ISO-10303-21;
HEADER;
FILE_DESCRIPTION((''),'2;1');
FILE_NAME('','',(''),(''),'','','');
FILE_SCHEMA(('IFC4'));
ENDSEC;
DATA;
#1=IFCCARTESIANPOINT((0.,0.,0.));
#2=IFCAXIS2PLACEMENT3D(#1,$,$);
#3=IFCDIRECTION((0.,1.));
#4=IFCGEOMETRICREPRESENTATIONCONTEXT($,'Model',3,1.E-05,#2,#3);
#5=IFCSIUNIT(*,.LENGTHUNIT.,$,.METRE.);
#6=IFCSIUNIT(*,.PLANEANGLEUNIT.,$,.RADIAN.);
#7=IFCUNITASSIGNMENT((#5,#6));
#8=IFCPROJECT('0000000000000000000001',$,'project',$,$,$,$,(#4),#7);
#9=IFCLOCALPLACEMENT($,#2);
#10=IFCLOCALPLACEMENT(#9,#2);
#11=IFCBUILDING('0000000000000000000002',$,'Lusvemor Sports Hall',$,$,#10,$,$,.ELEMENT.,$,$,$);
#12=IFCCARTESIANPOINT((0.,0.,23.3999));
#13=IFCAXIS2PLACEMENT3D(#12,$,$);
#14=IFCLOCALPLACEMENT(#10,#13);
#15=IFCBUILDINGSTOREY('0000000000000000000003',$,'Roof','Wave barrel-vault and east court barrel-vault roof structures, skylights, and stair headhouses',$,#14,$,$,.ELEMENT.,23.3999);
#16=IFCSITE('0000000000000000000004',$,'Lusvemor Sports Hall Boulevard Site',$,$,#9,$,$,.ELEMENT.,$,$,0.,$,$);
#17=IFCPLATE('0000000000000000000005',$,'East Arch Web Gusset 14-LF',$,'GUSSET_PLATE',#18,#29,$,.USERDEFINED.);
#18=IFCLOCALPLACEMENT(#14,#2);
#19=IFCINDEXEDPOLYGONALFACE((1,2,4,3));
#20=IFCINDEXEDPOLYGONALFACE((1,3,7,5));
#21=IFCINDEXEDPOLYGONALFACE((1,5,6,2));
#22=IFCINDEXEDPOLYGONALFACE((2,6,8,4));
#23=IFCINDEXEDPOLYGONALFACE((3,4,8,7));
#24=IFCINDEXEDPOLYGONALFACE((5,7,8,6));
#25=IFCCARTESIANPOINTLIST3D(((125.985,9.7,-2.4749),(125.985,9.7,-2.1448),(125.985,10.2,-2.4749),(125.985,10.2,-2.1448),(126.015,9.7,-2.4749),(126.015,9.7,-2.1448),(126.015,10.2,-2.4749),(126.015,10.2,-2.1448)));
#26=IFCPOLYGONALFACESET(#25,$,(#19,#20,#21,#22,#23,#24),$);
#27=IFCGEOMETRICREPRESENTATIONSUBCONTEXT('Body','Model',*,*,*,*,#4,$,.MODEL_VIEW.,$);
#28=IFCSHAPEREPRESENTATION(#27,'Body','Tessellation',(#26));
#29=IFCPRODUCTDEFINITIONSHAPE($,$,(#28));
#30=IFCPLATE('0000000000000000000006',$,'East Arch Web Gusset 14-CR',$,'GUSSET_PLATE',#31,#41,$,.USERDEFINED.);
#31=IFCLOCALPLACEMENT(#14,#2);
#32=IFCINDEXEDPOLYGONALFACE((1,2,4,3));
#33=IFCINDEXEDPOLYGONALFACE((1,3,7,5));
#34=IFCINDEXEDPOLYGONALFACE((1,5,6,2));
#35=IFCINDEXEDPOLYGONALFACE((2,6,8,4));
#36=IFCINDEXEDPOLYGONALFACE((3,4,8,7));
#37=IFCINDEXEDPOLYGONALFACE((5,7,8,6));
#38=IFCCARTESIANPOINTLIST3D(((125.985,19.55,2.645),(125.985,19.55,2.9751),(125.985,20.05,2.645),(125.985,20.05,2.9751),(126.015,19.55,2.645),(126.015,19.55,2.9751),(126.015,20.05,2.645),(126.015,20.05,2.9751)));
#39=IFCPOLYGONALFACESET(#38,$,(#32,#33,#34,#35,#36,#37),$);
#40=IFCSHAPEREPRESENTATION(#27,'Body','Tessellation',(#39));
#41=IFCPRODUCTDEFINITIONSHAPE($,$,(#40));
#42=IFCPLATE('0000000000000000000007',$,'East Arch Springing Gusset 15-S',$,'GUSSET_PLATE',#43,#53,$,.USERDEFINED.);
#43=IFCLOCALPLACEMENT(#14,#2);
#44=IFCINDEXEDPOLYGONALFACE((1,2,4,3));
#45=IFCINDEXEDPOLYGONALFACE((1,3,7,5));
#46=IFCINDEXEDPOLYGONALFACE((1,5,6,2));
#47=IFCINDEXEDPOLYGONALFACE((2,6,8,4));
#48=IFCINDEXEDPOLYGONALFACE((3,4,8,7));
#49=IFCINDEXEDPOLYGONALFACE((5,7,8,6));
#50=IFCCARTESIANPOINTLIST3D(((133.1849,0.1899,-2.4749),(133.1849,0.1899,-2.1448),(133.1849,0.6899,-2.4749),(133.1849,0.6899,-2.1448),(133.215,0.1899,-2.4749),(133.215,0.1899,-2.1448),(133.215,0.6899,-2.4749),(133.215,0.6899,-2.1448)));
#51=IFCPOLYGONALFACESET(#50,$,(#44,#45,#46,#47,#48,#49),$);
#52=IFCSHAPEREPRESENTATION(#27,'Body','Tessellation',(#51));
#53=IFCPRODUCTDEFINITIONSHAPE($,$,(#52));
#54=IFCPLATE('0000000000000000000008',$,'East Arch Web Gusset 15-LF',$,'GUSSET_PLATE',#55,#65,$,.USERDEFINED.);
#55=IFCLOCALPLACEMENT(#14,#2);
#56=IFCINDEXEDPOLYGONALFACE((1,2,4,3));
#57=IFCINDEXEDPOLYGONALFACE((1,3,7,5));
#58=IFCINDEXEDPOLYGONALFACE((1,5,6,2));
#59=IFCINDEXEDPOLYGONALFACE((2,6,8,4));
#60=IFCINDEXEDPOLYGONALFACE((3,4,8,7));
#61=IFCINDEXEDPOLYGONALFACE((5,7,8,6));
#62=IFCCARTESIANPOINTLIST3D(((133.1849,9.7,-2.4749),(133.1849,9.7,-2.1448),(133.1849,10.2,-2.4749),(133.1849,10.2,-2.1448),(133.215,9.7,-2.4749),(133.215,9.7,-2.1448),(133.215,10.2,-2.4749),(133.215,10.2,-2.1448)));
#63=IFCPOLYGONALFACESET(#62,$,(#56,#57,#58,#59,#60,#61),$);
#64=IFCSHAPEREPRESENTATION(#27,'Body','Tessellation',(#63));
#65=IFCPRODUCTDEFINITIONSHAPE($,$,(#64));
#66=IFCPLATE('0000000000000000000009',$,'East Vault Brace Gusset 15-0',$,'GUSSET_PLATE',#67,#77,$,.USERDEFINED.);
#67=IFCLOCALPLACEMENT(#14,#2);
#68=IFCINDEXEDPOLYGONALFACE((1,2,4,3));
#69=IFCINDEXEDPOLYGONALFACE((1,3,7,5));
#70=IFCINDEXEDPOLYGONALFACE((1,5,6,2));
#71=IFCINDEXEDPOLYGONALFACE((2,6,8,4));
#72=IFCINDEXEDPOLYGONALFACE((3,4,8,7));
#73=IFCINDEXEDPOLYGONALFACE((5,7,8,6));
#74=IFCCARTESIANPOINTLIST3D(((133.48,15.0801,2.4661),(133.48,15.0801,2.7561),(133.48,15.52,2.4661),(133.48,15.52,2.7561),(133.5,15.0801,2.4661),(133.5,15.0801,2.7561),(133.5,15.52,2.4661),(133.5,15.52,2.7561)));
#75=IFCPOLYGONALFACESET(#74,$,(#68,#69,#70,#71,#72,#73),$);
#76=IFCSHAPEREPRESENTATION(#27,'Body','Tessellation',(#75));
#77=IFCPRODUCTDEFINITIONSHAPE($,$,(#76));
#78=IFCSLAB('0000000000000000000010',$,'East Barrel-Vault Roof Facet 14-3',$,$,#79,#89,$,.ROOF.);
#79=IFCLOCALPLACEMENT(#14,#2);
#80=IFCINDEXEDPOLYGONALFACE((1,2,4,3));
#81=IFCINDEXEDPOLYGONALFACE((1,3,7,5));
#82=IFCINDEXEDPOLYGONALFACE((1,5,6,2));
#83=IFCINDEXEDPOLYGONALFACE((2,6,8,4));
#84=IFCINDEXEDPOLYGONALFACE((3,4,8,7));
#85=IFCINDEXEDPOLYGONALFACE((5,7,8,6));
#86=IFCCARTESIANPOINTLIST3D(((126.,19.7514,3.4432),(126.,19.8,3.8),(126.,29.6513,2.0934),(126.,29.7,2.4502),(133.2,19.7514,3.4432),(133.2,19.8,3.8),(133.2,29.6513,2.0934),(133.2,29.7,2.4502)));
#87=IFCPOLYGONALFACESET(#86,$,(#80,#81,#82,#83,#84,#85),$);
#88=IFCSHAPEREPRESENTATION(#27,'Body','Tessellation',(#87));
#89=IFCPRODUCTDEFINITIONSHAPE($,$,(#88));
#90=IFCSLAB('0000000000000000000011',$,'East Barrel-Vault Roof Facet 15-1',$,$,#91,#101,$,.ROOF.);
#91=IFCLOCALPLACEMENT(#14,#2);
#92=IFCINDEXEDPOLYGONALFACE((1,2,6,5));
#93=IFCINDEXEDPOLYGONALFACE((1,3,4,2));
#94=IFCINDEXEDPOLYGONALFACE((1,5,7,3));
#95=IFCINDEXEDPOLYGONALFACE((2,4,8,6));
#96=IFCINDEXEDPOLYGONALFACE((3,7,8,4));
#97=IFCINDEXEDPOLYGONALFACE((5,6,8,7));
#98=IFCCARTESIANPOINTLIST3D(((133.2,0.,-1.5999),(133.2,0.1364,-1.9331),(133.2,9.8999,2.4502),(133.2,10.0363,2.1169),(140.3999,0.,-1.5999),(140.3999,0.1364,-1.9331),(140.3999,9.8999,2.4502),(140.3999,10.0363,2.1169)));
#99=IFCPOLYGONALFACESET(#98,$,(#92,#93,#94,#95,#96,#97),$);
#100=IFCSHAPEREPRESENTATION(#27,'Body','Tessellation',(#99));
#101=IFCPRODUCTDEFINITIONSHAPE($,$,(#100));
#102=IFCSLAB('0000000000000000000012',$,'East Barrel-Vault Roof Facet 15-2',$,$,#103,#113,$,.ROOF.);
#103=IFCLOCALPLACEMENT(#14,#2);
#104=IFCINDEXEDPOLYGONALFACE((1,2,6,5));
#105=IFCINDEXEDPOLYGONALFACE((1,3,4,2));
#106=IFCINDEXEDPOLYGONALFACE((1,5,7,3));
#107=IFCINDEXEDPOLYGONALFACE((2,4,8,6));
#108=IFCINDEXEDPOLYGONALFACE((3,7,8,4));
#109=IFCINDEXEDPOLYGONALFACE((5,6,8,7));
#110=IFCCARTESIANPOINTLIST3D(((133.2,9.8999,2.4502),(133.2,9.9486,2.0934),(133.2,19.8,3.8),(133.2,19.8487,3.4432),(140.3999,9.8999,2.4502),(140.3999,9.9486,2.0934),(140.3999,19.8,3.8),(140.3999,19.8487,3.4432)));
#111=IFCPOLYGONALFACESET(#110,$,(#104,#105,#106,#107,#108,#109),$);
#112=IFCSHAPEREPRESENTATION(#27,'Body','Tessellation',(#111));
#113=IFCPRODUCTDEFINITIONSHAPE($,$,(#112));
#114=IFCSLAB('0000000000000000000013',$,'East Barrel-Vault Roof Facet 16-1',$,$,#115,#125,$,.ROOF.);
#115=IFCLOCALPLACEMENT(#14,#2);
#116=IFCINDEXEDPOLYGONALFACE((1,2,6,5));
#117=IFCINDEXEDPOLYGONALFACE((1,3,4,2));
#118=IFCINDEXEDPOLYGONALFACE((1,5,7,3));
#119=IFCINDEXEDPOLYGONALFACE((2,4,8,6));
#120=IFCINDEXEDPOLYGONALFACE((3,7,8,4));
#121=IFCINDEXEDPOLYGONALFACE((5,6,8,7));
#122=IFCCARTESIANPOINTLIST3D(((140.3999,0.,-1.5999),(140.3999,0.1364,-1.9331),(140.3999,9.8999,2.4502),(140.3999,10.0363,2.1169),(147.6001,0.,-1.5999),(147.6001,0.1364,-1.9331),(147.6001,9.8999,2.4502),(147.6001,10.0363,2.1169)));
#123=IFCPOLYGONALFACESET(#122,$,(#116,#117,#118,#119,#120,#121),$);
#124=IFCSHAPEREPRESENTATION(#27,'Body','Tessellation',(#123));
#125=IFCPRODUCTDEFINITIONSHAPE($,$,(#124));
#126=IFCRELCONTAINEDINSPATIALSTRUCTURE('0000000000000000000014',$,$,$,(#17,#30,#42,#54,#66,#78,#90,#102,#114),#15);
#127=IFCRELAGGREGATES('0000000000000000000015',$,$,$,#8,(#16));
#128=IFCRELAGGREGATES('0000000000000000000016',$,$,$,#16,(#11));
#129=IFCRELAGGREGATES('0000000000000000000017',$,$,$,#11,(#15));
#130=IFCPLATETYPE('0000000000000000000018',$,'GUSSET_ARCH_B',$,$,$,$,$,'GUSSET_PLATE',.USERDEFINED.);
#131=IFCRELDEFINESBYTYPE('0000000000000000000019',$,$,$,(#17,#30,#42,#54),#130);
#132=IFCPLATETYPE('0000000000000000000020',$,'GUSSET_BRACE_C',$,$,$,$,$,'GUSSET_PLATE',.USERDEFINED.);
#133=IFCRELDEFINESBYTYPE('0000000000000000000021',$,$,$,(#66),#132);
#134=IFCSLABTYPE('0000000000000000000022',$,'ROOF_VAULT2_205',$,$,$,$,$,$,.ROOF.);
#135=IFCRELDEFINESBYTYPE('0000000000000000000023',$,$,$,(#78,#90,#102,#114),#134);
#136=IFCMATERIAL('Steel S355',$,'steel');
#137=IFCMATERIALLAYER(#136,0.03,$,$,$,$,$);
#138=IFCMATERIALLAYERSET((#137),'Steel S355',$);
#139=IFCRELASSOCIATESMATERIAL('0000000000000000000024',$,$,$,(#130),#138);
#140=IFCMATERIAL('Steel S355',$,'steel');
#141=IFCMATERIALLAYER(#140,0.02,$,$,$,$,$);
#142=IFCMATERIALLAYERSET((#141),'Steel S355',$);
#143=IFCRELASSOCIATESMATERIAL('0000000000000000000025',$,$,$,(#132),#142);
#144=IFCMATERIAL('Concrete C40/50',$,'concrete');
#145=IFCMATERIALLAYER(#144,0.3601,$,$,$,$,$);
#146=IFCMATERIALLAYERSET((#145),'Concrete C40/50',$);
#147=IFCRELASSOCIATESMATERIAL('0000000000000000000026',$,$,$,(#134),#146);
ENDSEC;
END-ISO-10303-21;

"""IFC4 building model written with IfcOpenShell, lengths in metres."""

from ifc_helpers import new_model, si_unit, direction, frame, origin, origin_2d, place, context, subcontext, project, spatial, polyline, rectangle, outline, extrude, material, layer, layer_set, type_object, element, save


model = new_model("IFC4")

# Units and contexts
model_context = context("Model", 3, precision=1e-05, world=origin(), true_north=direction((0.0, 1.0)))
body_context = subcontext(model_context, "Body", "Model", "MODEL_VIEW")
ifc_project = project(units=[si_unit("LENGTHUNIT", "METRE"), si_unit("PLANEANGLEUNIT", "RADIAN")], contexts=[model_context])

# Site, building, storey
site_placement = place(None, origin())
site = spatial("IfcSite", under=ifc_project, at=site_placement, Name="Lusvemor Sports Hall Boulevard Site", CompositionType="ELEMENT", RefElevation=0.0)
building_placement = place(site_placement, origin())
building = spatial("IfcBuilding", under=site, at=building_placement, Name="Lusvemor Sports Hall", CompositionType="ELEMENT")
storey_placement = place(building_placement, frame((0.0, 0.0, 23.3999)))
storey = spatial("IfcBuildingStorey", under=building, at=storey_placement, Name="Roof", Description="Wave barrel-vault and east court barrel-vault roof structures, skylights, and stair headhouses", CompositionType="ELEMENT", Elevation=23.3999)

# Plates
ifc_material_1 = material(Name="Steel S355", Category="steel")
ifc_layer_1 = layer(ifc_material_1, 0.03)
ifc_layer_set_1 = layer_set([ifc_layer_1], Name="Steel S355")
plate_type_1 = type_object("IfcPlateType", Name="GUSSET_ARCH_B", ElementType="GUSSET_PLATE", PredefinedType="USERDEFINED", material=ifc_layer_set_1)
for number, where, z_axis, x_axis, name in (
    (1, (126.0, 9.95, -2.4749), (0.0, 0.0, 1.0), (1.0, 0.0, 0.0), "East Arch Web Gusset 14-LF"),
    (2, (126.0, 19.8, 2.645), (0.0, 0.0, 1.0), (1.0, 0.0, 0.0), "East Arch Web Gusset 14-CR"),
    (3, (133.2, 0.4399, -2.4749), (0.0, 0.0, 1.0), (1.0, 0.0, 0.0), "East Arch Springing Gusset 15-S"),
    (4, (133.2, 9.95, -2.4749), (0.0, 0.0, 1.0), (1.0, 0.0, 0.0), "East Arch Web Gusset 15-LF"),
):
    element("IfcPlate", number, at=place(storey_placement, frame(where, z_axis=z_axis, x_axis=x_axis)), inside=storey, type_object=plate_type_1, Name=name, ObjectType="GUSSET_PLATE", PredefinedType="USERDEFINED", context=body_context, shape_type="SweptSolid", body=[
        extrude(rectangle(XDim=0.03, YDim=0.5, at=origin_2d()), origin(), (0.0, 0.0, 1.0), 0.3301),
    ])
ifc_material_2 = material(Name="Steel S355", Category="steel")
ifc_layer_2 = layer(ifc_material_2, 0.02)
ifc_layer_set_2 = layer_set([ifc_layer_2], Name="Steel S355")
plate_type_2 = type_object("IfcPlateType", Name="GUSSET_BRACE_C", ElementType="GUSSET_PLATE", PredefinedType="USERDEFINED", material=ifc_layer_set_2)
plate_placement = place(storey_placement, frame((133.49, 15.3, 2.4661), z_axis=(0.0, 0.0, 1.0), x_axis=(1.0, 0.0, 0.0)))
element("IfcPlate", 5, at=plate_placement, inside=storey, type_object=plate_type_2, Name="East Vault Brace Gusset 15-0", ObjectType="GUSSET_PLATE", PredefinedType="USERDEFINED", context=body_context, shape_type="SweptSolid", body=[
    extrude(rectangle(XDim=0.02, YDim=0.4399, at=origin_2d()), origin(), (0.0, 0.0, 1.0), 0.29),
])

# Slabs
ifc_material_3 = material(Name="Concrete C40/50", Category="concrete")
ifc_layer_3 = layer(ifc_material_3, 0.3601)
ifc_layer_set_3 = layer_set([ifc_layer_3], Name="Concrete C40/50")
slab_type = type_object("IfcSlabType", Name="ROOF_VAULT2_205", PredefinedType="ROOF", material=ifc_layer_set_3)
slab_1_placement = place(storey_placement, frame((126.0, 19.8, 3.8), z_axis=(0.0, 0.1351, 0.990832), x_axis=(1.0, 0.0, 0.0)))
element("IfcSlab", 6, at=slab_1_placement, inside=storey, type_object=slab_type, Name="East Barrel-Vault Roof Facet 14-3", PredefinedType="ROOF", context=body_context, shape_type="SweptSolid", body=[
    extrude(outline(polyline([(0.0, 0.0), (7.2, 0.0), (7.2, 9.9915), (0.0, 9.9915), (0.0, 0.0)])), origin(), (0.0, 0.0, -1.0), 0.3601),
])
slab_2_placement = place(storey_placement, frame((133.2, 0.0, -1.5999), z_axis=(0.0, -0.37864, 0.925544), x_axis=(1.0, 0.0, 0.0)))
element("IfcSlab", 7, at=slab_2_placement, inside=storey, type_object=slab_type, Name="East Barrel-Vault Roof Facet 15-1", PredefinedType="ROOF", context=body_context, shape_type="SweptSolid", body=[
    extrude(outline(polyline([(0.0, 0.0), (7.2, 0.0), (7.2, 10.6963), (0.0, 10.6963), (0.0, 0.0)])), origin(), (0.0, 0.0, -1.0), 0.3601),
])
slab_3_placement = place(storey_placement, frame((133.2, 9.8999, 2.4502), z_axis=(0.0, -0.135097, 0.990832), x_axis=(1.0, 0.0, 0.0)))
element("IfcSlab", 8, at=slab_3_placement, inside=storey, type_object=slab_type, Name="East Barrel-Vault Roof Facet 15-2", PredefinedType="ROOF", context=body_context, shape_type="SweptSolid", body=[
    extrude(outline(polyline([(0.0, 0.0), (7.2, 0.0), (7.2, 9.9917), (0.0, 9.9917), (0.0, 0.0)])), origin(), (0.0, 0.0, -1.0), 0.3601),
])
slab_4_placement = place(storey_placement, frame((140.3999, 0.0, -1.5999), z_axis=(0.0, -0.37864, 0.925544), x_axis=(1.0, 0.0, 0.0)))
element("IfcSlab", 9, at=slab_4_placement, inside=storey, type_object=slab_type, Name="East Barrel-Vault Roof Facet 16-1", PredefinedType="ROOF", context=body_context, shape_type="SweptSolid", body=[
    extrude(outline(polyline([(0.0, 0.0), (7.2002, 0.0), (7.2002, 10.6963), (0.0, 10.6963), (0.0, 0.0)])), origin(), (0.0, 0.0, -1.0), 0.3601),
])

save(model, "model.ifc")
